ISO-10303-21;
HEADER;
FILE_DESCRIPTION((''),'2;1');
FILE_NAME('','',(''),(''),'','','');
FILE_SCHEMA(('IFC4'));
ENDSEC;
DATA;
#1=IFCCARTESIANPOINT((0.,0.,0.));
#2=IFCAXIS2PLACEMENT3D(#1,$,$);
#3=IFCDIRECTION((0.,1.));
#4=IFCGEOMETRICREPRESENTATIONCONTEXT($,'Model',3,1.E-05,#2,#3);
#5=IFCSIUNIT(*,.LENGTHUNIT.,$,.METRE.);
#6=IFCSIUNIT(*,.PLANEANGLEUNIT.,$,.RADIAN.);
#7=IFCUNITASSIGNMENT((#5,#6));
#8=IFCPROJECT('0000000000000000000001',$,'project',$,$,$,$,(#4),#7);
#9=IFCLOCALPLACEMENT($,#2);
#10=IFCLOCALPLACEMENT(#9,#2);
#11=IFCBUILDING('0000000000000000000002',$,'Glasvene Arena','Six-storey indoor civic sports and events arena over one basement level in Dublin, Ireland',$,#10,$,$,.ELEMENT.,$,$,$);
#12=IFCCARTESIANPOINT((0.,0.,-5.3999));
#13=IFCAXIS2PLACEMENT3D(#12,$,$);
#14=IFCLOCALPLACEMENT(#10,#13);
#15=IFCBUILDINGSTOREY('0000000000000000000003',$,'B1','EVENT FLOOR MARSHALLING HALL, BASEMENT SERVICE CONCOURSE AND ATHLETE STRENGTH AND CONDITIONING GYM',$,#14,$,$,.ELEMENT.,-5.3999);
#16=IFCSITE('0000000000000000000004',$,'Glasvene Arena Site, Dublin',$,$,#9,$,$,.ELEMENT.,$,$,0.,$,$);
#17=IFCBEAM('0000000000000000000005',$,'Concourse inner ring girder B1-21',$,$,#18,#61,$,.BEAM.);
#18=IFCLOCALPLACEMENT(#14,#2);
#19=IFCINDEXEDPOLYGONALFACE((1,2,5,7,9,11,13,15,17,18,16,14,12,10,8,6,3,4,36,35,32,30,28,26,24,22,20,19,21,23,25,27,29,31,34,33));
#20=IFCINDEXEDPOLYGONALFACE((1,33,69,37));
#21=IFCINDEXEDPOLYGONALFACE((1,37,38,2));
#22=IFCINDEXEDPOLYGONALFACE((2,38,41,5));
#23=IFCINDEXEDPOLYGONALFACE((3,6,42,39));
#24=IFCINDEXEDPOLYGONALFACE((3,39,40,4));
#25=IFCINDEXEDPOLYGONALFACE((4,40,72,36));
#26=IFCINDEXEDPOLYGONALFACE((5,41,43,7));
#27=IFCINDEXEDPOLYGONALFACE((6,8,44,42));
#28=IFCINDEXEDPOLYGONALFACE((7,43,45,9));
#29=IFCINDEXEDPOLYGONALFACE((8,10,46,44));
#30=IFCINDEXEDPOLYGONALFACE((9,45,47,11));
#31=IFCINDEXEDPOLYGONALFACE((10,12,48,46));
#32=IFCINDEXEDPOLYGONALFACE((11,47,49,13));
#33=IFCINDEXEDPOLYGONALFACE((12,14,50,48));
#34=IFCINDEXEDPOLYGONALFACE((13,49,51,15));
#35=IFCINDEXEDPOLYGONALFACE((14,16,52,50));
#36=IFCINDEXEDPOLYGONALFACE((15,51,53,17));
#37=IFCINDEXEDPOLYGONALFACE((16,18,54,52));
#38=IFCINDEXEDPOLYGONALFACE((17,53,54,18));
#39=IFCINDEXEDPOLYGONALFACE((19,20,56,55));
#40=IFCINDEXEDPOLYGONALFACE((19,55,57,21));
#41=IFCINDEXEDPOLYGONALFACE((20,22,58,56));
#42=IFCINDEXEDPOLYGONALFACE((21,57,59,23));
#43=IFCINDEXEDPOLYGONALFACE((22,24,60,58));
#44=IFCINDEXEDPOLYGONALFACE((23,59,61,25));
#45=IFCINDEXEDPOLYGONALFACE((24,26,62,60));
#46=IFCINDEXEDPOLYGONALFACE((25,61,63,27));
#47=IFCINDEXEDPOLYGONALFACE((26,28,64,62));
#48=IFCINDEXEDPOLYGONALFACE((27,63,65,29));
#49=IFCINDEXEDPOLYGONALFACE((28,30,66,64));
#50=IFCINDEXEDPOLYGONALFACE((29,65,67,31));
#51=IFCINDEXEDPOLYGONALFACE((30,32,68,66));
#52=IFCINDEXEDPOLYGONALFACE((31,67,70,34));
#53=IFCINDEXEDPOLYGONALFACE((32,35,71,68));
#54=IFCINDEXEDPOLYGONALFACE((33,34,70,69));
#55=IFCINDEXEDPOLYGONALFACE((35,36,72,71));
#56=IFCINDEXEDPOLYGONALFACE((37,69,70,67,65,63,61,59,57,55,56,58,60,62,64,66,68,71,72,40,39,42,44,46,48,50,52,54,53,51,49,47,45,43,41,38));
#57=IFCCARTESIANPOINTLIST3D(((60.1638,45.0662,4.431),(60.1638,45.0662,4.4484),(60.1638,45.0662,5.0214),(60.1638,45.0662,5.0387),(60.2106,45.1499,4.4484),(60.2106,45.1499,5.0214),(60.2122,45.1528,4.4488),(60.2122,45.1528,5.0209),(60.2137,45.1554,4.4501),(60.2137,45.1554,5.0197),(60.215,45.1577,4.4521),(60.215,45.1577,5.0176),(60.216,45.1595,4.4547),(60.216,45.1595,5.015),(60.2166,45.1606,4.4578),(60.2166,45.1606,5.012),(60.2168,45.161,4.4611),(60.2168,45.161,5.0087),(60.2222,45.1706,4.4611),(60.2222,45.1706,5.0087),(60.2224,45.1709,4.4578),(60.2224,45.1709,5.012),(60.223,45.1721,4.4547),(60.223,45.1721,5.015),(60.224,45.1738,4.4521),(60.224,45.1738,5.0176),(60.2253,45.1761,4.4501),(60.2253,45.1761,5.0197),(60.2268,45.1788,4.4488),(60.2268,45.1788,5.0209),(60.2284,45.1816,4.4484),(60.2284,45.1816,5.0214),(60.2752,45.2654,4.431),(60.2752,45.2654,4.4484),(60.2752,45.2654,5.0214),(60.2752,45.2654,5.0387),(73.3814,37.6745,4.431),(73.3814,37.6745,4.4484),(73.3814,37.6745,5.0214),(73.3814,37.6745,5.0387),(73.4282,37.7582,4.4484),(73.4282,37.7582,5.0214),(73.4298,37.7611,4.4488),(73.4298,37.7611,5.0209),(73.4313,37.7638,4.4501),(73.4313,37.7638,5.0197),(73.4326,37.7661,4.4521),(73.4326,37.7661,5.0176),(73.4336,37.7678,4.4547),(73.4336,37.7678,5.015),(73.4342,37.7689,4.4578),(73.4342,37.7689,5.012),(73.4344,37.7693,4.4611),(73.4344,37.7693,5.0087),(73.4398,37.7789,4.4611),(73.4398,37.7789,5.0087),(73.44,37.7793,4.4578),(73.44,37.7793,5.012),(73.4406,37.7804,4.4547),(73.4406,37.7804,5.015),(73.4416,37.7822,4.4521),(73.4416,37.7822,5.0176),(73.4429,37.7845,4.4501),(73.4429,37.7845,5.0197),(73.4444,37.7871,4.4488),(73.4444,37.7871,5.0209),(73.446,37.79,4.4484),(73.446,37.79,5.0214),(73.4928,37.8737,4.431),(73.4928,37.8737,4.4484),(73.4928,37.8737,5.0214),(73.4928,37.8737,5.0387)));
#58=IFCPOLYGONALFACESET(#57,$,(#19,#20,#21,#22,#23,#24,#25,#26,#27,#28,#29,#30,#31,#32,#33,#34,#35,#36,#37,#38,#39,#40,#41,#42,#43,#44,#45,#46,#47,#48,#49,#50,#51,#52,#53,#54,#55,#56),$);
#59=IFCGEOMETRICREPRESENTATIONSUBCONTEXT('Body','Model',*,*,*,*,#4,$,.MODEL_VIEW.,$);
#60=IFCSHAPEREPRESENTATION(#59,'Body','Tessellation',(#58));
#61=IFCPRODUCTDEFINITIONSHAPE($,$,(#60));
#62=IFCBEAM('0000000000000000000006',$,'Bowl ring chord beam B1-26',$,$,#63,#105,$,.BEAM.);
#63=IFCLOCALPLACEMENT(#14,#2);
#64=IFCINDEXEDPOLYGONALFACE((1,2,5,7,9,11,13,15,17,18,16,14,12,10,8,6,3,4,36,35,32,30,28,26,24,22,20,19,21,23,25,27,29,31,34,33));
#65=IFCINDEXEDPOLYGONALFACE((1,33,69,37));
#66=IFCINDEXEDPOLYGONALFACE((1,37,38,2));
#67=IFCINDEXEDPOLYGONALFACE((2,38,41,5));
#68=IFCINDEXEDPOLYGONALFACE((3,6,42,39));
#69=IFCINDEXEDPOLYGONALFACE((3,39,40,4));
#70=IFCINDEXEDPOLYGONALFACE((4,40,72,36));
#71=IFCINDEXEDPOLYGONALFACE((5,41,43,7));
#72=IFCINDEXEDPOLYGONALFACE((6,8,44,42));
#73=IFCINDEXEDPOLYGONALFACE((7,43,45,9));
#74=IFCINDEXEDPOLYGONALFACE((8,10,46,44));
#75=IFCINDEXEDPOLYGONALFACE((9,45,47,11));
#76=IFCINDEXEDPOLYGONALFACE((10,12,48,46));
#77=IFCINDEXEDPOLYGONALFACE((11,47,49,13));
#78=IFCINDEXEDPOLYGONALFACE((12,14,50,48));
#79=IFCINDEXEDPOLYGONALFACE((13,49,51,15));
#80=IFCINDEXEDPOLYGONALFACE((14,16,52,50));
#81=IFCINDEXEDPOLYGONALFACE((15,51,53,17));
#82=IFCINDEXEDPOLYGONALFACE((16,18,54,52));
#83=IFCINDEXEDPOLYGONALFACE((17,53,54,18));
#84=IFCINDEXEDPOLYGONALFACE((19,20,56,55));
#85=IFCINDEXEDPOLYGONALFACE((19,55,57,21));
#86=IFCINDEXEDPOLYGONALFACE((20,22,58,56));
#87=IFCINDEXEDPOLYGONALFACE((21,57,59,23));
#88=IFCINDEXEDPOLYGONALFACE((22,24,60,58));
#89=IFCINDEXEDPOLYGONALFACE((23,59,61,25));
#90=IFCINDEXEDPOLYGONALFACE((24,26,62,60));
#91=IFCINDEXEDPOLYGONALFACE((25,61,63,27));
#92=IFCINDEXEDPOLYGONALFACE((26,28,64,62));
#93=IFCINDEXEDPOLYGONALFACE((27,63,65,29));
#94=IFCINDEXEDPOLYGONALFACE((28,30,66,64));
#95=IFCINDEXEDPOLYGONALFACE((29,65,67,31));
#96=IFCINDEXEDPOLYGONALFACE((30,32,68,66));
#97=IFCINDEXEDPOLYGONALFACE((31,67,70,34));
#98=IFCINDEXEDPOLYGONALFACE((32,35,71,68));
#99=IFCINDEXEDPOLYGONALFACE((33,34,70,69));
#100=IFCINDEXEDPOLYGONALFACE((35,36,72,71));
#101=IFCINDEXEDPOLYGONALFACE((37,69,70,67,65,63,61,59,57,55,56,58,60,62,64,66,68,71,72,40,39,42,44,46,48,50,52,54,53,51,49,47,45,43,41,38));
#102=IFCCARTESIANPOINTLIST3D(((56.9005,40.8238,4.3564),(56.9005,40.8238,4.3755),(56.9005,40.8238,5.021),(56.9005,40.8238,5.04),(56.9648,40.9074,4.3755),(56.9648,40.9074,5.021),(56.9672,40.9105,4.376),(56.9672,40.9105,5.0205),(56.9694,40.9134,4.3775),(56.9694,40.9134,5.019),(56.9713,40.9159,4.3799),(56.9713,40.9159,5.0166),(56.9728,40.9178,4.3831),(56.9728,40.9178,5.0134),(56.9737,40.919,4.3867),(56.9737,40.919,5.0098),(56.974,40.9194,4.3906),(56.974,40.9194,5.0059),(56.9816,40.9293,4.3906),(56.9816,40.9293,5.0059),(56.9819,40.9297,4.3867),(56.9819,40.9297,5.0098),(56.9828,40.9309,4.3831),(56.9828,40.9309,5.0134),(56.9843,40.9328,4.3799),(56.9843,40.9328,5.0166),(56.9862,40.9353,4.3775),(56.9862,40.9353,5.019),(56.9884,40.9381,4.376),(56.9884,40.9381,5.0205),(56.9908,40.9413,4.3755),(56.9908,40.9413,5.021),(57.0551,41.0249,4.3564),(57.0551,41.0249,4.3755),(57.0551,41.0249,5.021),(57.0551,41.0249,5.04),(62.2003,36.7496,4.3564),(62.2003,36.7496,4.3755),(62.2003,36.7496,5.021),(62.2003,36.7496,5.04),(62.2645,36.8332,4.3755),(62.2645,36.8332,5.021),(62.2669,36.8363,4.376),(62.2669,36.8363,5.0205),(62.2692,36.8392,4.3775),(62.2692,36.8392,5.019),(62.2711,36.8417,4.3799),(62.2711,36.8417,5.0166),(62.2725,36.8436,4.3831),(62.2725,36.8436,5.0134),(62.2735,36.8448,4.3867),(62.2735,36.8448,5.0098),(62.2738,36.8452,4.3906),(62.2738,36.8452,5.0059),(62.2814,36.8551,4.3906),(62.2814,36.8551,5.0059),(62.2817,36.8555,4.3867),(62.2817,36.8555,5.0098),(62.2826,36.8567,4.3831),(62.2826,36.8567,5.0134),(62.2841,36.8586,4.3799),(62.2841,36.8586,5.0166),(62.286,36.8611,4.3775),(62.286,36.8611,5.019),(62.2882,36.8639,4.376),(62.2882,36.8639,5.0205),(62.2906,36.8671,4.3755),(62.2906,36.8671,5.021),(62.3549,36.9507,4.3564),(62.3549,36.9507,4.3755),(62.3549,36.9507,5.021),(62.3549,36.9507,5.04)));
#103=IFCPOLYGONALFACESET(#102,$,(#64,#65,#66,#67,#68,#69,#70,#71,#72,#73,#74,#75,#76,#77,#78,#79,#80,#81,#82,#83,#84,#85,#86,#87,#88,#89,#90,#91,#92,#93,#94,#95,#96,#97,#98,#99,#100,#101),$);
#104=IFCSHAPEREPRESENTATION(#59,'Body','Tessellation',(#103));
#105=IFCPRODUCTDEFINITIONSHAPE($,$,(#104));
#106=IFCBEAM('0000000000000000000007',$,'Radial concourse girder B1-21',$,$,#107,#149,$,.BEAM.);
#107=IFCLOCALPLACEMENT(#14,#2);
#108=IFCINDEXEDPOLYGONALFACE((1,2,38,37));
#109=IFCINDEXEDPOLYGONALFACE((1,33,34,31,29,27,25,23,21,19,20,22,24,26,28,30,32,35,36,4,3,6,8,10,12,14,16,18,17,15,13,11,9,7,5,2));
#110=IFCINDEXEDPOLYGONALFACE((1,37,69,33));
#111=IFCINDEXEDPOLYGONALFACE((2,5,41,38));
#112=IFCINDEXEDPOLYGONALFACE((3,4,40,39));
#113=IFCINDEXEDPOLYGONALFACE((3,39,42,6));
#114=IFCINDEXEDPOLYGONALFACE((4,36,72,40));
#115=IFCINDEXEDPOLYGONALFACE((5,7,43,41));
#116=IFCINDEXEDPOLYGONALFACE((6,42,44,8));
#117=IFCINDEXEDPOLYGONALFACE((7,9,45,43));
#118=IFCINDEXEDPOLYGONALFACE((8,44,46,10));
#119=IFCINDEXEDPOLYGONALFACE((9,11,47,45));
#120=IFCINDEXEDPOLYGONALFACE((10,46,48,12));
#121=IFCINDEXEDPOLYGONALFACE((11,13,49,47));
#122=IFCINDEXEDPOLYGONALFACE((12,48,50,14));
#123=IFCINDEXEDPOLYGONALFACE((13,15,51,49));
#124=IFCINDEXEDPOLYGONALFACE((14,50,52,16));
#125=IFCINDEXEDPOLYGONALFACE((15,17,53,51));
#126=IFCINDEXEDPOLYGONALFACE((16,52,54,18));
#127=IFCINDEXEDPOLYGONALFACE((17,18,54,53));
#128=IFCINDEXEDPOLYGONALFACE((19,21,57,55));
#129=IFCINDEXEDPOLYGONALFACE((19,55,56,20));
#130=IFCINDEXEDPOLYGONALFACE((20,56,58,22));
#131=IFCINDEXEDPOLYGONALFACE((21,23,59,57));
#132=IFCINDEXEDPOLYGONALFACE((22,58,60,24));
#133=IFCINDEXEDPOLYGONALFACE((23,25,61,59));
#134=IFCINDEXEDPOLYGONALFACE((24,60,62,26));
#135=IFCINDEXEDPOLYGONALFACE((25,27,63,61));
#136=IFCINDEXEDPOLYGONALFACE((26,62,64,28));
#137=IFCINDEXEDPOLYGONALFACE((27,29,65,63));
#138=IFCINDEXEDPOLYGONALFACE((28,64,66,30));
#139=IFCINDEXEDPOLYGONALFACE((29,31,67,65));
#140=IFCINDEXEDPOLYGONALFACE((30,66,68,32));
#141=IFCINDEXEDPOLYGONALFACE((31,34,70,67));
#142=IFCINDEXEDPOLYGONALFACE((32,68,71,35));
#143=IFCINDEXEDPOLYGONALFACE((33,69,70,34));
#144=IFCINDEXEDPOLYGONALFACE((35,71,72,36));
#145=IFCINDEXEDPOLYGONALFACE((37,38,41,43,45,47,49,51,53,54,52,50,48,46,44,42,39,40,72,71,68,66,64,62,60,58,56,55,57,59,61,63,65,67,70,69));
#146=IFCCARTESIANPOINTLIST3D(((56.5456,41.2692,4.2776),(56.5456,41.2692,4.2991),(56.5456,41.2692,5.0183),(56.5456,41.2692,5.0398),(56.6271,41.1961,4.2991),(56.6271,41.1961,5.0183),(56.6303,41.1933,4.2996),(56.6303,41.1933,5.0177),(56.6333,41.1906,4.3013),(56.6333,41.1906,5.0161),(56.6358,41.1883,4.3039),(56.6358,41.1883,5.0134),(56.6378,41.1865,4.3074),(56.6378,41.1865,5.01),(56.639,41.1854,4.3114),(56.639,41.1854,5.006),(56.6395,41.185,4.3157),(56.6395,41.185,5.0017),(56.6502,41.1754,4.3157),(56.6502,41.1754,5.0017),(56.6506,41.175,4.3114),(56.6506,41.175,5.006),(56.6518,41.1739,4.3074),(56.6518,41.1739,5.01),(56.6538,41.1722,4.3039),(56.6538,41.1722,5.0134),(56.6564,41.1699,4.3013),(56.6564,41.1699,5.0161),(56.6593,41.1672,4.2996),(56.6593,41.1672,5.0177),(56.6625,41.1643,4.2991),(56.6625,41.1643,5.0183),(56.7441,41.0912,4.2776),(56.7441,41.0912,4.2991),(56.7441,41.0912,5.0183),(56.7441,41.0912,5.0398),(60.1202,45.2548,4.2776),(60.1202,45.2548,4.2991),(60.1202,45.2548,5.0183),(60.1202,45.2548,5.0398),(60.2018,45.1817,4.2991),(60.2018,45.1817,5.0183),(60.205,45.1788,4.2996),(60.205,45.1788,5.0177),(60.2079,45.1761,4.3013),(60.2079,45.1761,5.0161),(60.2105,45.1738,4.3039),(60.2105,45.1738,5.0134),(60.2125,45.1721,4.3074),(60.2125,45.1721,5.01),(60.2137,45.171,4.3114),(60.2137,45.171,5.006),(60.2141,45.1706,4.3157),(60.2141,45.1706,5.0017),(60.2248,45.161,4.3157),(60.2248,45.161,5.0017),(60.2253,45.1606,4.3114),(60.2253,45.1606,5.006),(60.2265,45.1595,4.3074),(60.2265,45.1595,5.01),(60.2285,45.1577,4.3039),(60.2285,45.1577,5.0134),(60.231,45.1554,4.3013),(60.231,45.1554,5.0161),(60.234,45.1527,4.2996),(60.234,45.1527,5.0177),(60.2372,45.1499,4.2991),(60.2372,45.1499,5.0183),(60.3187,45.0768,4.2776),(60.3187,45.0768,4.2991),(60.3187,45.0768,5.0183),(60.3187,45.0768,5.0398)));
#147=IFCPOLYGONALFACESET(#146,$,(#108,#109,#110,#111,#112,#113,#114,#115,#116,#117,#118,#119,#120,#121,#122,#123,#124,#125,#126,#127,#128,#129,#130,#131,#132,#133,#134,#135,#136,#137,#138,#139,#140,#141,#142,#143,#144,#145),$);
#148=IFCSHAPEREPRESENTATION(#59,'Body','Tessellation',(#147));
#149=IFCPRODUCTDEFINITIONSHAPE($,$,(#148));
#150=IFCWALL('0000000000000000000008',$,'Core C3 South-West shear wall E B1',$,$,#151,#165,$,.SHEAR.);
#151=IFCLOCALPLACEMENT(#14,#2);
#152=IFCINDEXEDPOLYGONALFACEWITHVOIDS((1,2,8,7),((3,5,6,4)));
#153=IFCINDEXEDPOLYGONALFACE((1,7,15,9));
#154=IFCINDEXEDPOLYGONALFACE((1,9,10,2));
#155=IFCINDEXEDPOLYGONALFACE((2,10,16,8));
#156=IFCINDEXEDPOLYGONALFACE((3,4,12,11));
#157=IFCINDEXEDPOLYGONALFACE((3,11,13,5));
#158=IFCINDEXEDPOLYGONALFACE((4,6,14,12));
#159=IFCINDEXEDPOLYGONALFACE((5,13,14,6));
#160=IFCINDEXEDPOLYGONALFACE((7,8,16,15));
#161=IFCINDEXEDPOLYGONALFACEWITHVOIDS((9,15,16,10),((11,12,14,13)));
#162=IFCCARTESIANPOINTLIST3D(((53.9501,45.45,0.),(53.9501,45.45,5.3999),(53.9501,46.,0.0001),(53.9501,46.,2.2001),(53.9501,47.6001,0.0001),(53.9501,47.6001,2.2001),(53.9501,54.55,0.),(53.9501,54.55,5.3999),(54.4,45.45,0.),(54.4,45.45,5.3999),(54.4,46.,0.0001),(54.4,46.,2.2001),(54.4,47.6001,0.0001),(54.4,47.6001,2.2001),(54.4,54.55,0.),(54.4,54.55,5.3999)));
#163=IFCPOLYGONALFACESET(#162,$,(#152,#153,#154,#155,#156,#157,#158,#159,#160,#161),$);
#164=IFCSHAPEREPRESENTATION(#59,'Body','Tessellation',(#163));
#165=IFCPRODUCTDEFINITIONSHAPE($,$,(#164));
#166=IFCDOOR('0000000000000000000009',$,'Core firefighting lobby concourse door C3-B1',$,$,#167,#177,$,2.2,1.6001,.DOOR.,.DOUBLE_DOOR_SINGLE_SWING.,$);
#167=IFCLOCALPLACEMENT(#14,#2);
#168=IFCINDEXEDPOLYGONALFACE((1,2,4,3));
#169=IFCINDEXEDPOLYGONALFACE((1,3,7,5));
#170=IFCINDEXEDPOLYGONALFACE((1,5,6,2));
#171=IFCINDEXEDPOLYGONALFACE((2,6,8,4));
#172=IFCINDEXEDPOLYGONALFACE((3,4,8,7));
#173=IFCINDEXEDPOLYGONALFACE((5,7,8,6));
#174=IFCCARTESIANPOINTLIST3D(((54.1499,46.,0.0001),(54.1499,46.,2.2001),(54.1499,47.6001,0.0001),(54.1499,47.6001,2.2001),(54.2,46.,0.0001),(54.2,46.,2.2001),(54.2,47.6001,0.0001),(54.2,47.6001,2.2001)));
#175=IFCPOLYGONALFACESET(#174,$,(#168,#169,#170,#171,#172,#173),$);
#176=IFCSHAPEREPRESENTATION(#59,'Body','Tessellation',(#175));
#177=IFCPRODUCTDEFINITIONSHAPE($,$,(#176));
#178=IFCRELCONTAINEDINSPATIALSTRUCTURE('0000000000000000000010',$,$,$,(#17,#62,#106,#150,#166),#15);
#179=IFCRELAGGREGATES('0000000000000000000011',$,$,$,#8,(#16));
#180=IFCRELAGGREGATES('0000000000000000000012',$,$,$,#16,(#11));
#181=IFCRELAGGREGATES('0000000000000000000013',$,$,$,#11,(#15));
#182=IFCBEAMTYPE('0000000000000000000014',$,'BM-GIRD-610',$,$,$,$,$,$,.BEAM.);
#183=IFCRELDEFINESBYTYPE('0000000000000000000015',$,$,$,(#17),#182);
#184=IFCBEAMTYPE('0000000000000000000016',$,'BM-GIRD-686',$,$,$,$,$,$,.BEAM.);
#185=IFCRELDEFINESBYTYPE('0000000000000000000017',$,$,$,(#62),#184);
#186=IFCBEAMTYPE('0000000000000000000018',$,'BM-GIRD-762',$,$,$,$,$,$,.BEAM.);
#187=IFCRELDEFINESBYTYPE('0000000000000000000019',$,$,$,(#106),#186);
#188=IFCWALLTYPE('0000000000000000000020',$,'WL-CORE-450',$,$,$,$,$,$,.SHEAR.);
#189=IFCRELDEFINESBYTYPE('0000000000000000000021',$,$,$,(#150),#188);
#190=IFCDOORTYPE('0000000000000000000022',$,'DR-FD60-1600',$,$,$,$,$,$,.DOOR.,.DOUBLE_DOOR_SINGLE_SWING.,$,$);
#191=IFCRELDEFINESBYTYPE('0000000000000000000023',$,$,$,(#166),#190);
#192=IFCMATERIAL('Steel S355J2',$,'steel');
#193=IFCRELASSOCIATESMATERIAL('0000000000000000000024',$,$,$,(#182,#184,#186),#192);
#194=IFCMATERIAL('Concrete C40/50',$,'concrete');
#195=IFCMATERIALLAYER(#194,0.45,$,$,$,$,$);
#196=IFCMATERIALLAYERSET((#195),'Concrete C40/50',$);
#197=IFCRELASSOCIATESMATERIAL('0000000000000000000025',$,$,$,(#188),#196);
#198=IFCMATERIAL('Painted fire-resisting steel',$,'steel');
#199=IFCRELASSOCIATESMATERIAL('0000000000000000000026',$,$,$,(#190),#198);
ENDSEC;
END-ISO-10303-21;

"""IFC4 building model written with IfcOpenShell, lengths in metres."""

from ifc_helpers import new_model, si_unit, direction, frame, frame_2d, origin, origin_2d, place, context, subcontext, project, spatial, rectangle, i_section, extrude, material, layer, layer_set, material_profile, profile_set, type_object, element, fill, save


model = new_model("IFC4")

# Units and contexts
model_context = context("Model", 3, precision=1e-05, world=origin(), true_north=direction((0.0, 1.0)))
body_context = subcontext(model_context, "Body", "Model", "MODEL_VIEW")
ifc_project = project(units=[si_unit("LENGTHUNIT", "METRE"), si_unit("PLANEANGLEUNIT", "RADIAN")], contexts=[model_context])

# Site, building, storey
site_placement = place(None, origin())
site = spatial("IfcSite", under=ifc_project, at=site_placement, Name="Glasvene Arena Site, Dublin", CompositionType="ELEMENT", RefElevation=0.0)
building_placement = place(site_placement, origin())
building = spatial("IfcBuilding", under=site, at=building_placement, Name="Glasvene Arena", Description="Six-storey indoor civic sports and events arena over one basement level in Dublin, Ireland", CompositionType="ELEMENT")
storey_placement = place(building_placement, frame((0.0, 0.0, -5.3999)))
storey = spatial("IfcBuildingStorey", under=building, at=storey_placement, Name="B1", Description="EVENT FLOOR MARSHALLING HALL, BASEMENT SERVICE CONCOURSE AND ATHLETE STRENGTH AND CONDITIONING GYM", CompositionType="ELEMENT", Elevation=-5.3999)

# Shared definitions
ifc_material_1 = material(Name="Concrete C40/50", Category="concrete")

# Shared definitions
ifc_material_2 = material(Name="Steel S355J2", Category="steel")

# Beams
ifc_material_profile_1 = material_profile(ifc_material_2, i_section(OverallWidth=0.2283, OverallDepth=0.6077, WebThickness=0.011, FlangeThickness=0.0173, FilletRadius=0.0127, at=origin_2d()), Name="UKB 610x229x113")
ifc_profile_set_1 = profile_set([ifc_material_profile_1], Name="Steel S355J2")
beam_type_1 = type_object("IfcBeamType", Name="BM-GIRD-610", PredefinedType="BEAM", material=ifc_profile_set_1)
beam_1_placement = place(storey_placement, frame((60.2195, 45.1658, 4.7349), z_axis=(0.872793, -0.48809, 0.0), x_axis=(0.48809, 0.872793, 0.0)))
element("IfcBeam", 1, at=beam_1_placement, inside=storey, type_object=beam_type_1, Name="Concourse inner ring girder B1-21", PredefinedType="BEAM", context=body_context, shape_type="SweptSolid", body=[
    extrude(i_section(OverallWidth=0.2283, OverallDepth=0.6077, WebThickness=0.011, FlangeThickness=0.0173, FilletRadius=0.0127, at=origin_2d()), origin(), (0.0, 0.0, 1.0), 15.144),
])
ifc_material_profile_2 = material_profile(ifc_material_2, i_section(OverallWidth=0.2537, OverallDepth=0.6836, WebThickness=0.0125, FlangeThickness=0.019, FilletRadius=0.0151, at=origin_2d()), Name="UKB 686x254x140")
ifc_profile_set_2 = profile_set([ifc_material_profile_2], Name="Steel S355J2")
beam_type_2 = type_object("IfcBeamType", Name="BM-GIRD-686", PredefinedType="BEAM", material=ifc_profile_set_2)
beam_2_placement = place(storey_placement, frame((56.9778, 40.9243, 4.6982), z_axis=(0.792809, -0.609471, 0.0), x_axis=(0.609471, 0.792809, 0.0)))
element("IfcBeam", 2, at=beam_2_placement, inside=storey, type_object=beam_type_2, Name="Bowl ring chord beam B1-26", PredefinedType="BEAM", context=body_context, shape_type="SweptSolid", body=[
    extrude(i_section(OverallWidth=0.2537, OverallDepth=0.6836, WebThickness=0.0125, FlangeThickness=0.019, FilletRadius=0.0151, at=origin_2d()), origin(), (0.0, 0.0, 1.0), 6.6848),
])
ifc_material_profile_3 = material_profile(ifc_material_2, i_section(OverallWidth=0.2666, OverallDepth=0.7622, WebThickness=0.0144, FlangeThickness=0.0215, FilletRadius=0.0166, at=origin_2d()), Name="UKB 762x267x173")
ifc_profile_set_3 = profile_set([ifc_material_profile_3], Name="Steel S355J2")
beam_type_3 = type_object("IfcBeamType", Name="BM-GIRD-762", PredefinedType="BEAM", material=ifc_profile_set_3)
beam_3_placement = place(storey_placement, frame((60.2195, 45.1658, 4.6587), z_axis=(-0.667691, -0.744438, 0.0), x_axis=(0.744438, -0.667691, 0.0)))
element("IfcBeam", 3, at=beam_3_placement, inside=storey, type_object=beam_type_3, Name="Radial concourse girder B1-21", PredefinedType="BEAM", context=body_context, shape_type="SweptSolid", body=[
    extrude(i_section(OverallWidth=0.2666, OverallDepth=0.7622, WebThickness=0.0144, FlangeThickness=0.0215, FilletRadius=0.0166, at=origin_2d()), origin(), (0.0, 0.0, 1.0), 5.3538),
])

# Wall, opening, door
ifc_layer_1 = layer(ifc_material_1, 0.45)
ifc_layer_set_1 = layer_set([ifc_layer_1], Name="Concrete C40/50")
wall_type_1 = type_object("IfcWallType", Name="WL-CORE-450", PredefinedType="SHEAR", material=ifc_layer_set_1)
wall_1_placement = place(storey_placement, frame((54.175, 45.45, 0.0), z_axis=(0.0, 0.0, 1.0), x_axis=(0.0, 1.0, 0.0)))
wall_1 = element("IfcWall", 4, at=wall_1_placement, inside=storey, type_object=wall_type_1, Name="Core C3 South-West shear wall E B1", PredefinedType="SHEAR", context=body_context, shape_type="SweptSolid", body=[
    extrude(rectangle(XDim=9.1001, YDim=0.45, at=frame_2d((4.55, 0.0))), origin(), (0.0, 0.0, 1.0), 5.3999),
])
opening_1_placement = place(wall_1_placement, frame((0.55, 0.0, 0.0)))
opening_1 = element("IfcOpeningElement", 5, at=opening_1_placement, cuts=wall_1, PredefinedType="OPENING", context=body_context, shape_type="SweptSolid", body=[
    extrude(rectangle(XDim=1.6001, YDim=2.2, at=frame_2d((0.8, 1.1001))), frame((0.0, 0.2349, 0.0), z_axis=(0.0, -1.0, 0.0), x_axis=(1.0, 0.0, 0.0)), (0.0, 0.0, 1.0), 0.47),
])
ifc_material_3 = material(Name="Painted fire-resisting steel", Category="steel")
door_type_1 = type_object("IfcDoorType", Name="DR-FD60-1600", OperationType="DOUBLE_DOOR_SINGLE_SWING", PredefinedType="DOOR", material=ifc_material_3)
door_1_placement = place(opening_1_placement, frame((1.6001, 0.0, 0.0), z_axis=(0.0, 0.0, 1.0), x_axis=(-1.0, 0.0, 0.0)))
door_1 = element("IfcDoor", 6, at=door_1_placement, inside=storey, type_object=door_type_1, Name="Core firefighting lobby concourse door C3-B1", OperationType="DOUBLE_DOOR_SINGLE_SWING", OverallHeight=2.2, OverallWidth=1.6001, PredefinedType="DOOR", context=body_context, shape_type="SweptSolid", body=[
    extrude(rectangle(XDim=1.6001, YDim=2.2, at=frame_2d((0.8, 1.1001))), frame((0.0, 0.0249, 0.0), z_axis=(0.0, -1.0, 0.0), x_axis=(1.0, 0.0, 0.0)), (0.0, 0.0, 1.0), 0.05),
])
fill(opening_1, door_1)

save(model, "model.ifc")
